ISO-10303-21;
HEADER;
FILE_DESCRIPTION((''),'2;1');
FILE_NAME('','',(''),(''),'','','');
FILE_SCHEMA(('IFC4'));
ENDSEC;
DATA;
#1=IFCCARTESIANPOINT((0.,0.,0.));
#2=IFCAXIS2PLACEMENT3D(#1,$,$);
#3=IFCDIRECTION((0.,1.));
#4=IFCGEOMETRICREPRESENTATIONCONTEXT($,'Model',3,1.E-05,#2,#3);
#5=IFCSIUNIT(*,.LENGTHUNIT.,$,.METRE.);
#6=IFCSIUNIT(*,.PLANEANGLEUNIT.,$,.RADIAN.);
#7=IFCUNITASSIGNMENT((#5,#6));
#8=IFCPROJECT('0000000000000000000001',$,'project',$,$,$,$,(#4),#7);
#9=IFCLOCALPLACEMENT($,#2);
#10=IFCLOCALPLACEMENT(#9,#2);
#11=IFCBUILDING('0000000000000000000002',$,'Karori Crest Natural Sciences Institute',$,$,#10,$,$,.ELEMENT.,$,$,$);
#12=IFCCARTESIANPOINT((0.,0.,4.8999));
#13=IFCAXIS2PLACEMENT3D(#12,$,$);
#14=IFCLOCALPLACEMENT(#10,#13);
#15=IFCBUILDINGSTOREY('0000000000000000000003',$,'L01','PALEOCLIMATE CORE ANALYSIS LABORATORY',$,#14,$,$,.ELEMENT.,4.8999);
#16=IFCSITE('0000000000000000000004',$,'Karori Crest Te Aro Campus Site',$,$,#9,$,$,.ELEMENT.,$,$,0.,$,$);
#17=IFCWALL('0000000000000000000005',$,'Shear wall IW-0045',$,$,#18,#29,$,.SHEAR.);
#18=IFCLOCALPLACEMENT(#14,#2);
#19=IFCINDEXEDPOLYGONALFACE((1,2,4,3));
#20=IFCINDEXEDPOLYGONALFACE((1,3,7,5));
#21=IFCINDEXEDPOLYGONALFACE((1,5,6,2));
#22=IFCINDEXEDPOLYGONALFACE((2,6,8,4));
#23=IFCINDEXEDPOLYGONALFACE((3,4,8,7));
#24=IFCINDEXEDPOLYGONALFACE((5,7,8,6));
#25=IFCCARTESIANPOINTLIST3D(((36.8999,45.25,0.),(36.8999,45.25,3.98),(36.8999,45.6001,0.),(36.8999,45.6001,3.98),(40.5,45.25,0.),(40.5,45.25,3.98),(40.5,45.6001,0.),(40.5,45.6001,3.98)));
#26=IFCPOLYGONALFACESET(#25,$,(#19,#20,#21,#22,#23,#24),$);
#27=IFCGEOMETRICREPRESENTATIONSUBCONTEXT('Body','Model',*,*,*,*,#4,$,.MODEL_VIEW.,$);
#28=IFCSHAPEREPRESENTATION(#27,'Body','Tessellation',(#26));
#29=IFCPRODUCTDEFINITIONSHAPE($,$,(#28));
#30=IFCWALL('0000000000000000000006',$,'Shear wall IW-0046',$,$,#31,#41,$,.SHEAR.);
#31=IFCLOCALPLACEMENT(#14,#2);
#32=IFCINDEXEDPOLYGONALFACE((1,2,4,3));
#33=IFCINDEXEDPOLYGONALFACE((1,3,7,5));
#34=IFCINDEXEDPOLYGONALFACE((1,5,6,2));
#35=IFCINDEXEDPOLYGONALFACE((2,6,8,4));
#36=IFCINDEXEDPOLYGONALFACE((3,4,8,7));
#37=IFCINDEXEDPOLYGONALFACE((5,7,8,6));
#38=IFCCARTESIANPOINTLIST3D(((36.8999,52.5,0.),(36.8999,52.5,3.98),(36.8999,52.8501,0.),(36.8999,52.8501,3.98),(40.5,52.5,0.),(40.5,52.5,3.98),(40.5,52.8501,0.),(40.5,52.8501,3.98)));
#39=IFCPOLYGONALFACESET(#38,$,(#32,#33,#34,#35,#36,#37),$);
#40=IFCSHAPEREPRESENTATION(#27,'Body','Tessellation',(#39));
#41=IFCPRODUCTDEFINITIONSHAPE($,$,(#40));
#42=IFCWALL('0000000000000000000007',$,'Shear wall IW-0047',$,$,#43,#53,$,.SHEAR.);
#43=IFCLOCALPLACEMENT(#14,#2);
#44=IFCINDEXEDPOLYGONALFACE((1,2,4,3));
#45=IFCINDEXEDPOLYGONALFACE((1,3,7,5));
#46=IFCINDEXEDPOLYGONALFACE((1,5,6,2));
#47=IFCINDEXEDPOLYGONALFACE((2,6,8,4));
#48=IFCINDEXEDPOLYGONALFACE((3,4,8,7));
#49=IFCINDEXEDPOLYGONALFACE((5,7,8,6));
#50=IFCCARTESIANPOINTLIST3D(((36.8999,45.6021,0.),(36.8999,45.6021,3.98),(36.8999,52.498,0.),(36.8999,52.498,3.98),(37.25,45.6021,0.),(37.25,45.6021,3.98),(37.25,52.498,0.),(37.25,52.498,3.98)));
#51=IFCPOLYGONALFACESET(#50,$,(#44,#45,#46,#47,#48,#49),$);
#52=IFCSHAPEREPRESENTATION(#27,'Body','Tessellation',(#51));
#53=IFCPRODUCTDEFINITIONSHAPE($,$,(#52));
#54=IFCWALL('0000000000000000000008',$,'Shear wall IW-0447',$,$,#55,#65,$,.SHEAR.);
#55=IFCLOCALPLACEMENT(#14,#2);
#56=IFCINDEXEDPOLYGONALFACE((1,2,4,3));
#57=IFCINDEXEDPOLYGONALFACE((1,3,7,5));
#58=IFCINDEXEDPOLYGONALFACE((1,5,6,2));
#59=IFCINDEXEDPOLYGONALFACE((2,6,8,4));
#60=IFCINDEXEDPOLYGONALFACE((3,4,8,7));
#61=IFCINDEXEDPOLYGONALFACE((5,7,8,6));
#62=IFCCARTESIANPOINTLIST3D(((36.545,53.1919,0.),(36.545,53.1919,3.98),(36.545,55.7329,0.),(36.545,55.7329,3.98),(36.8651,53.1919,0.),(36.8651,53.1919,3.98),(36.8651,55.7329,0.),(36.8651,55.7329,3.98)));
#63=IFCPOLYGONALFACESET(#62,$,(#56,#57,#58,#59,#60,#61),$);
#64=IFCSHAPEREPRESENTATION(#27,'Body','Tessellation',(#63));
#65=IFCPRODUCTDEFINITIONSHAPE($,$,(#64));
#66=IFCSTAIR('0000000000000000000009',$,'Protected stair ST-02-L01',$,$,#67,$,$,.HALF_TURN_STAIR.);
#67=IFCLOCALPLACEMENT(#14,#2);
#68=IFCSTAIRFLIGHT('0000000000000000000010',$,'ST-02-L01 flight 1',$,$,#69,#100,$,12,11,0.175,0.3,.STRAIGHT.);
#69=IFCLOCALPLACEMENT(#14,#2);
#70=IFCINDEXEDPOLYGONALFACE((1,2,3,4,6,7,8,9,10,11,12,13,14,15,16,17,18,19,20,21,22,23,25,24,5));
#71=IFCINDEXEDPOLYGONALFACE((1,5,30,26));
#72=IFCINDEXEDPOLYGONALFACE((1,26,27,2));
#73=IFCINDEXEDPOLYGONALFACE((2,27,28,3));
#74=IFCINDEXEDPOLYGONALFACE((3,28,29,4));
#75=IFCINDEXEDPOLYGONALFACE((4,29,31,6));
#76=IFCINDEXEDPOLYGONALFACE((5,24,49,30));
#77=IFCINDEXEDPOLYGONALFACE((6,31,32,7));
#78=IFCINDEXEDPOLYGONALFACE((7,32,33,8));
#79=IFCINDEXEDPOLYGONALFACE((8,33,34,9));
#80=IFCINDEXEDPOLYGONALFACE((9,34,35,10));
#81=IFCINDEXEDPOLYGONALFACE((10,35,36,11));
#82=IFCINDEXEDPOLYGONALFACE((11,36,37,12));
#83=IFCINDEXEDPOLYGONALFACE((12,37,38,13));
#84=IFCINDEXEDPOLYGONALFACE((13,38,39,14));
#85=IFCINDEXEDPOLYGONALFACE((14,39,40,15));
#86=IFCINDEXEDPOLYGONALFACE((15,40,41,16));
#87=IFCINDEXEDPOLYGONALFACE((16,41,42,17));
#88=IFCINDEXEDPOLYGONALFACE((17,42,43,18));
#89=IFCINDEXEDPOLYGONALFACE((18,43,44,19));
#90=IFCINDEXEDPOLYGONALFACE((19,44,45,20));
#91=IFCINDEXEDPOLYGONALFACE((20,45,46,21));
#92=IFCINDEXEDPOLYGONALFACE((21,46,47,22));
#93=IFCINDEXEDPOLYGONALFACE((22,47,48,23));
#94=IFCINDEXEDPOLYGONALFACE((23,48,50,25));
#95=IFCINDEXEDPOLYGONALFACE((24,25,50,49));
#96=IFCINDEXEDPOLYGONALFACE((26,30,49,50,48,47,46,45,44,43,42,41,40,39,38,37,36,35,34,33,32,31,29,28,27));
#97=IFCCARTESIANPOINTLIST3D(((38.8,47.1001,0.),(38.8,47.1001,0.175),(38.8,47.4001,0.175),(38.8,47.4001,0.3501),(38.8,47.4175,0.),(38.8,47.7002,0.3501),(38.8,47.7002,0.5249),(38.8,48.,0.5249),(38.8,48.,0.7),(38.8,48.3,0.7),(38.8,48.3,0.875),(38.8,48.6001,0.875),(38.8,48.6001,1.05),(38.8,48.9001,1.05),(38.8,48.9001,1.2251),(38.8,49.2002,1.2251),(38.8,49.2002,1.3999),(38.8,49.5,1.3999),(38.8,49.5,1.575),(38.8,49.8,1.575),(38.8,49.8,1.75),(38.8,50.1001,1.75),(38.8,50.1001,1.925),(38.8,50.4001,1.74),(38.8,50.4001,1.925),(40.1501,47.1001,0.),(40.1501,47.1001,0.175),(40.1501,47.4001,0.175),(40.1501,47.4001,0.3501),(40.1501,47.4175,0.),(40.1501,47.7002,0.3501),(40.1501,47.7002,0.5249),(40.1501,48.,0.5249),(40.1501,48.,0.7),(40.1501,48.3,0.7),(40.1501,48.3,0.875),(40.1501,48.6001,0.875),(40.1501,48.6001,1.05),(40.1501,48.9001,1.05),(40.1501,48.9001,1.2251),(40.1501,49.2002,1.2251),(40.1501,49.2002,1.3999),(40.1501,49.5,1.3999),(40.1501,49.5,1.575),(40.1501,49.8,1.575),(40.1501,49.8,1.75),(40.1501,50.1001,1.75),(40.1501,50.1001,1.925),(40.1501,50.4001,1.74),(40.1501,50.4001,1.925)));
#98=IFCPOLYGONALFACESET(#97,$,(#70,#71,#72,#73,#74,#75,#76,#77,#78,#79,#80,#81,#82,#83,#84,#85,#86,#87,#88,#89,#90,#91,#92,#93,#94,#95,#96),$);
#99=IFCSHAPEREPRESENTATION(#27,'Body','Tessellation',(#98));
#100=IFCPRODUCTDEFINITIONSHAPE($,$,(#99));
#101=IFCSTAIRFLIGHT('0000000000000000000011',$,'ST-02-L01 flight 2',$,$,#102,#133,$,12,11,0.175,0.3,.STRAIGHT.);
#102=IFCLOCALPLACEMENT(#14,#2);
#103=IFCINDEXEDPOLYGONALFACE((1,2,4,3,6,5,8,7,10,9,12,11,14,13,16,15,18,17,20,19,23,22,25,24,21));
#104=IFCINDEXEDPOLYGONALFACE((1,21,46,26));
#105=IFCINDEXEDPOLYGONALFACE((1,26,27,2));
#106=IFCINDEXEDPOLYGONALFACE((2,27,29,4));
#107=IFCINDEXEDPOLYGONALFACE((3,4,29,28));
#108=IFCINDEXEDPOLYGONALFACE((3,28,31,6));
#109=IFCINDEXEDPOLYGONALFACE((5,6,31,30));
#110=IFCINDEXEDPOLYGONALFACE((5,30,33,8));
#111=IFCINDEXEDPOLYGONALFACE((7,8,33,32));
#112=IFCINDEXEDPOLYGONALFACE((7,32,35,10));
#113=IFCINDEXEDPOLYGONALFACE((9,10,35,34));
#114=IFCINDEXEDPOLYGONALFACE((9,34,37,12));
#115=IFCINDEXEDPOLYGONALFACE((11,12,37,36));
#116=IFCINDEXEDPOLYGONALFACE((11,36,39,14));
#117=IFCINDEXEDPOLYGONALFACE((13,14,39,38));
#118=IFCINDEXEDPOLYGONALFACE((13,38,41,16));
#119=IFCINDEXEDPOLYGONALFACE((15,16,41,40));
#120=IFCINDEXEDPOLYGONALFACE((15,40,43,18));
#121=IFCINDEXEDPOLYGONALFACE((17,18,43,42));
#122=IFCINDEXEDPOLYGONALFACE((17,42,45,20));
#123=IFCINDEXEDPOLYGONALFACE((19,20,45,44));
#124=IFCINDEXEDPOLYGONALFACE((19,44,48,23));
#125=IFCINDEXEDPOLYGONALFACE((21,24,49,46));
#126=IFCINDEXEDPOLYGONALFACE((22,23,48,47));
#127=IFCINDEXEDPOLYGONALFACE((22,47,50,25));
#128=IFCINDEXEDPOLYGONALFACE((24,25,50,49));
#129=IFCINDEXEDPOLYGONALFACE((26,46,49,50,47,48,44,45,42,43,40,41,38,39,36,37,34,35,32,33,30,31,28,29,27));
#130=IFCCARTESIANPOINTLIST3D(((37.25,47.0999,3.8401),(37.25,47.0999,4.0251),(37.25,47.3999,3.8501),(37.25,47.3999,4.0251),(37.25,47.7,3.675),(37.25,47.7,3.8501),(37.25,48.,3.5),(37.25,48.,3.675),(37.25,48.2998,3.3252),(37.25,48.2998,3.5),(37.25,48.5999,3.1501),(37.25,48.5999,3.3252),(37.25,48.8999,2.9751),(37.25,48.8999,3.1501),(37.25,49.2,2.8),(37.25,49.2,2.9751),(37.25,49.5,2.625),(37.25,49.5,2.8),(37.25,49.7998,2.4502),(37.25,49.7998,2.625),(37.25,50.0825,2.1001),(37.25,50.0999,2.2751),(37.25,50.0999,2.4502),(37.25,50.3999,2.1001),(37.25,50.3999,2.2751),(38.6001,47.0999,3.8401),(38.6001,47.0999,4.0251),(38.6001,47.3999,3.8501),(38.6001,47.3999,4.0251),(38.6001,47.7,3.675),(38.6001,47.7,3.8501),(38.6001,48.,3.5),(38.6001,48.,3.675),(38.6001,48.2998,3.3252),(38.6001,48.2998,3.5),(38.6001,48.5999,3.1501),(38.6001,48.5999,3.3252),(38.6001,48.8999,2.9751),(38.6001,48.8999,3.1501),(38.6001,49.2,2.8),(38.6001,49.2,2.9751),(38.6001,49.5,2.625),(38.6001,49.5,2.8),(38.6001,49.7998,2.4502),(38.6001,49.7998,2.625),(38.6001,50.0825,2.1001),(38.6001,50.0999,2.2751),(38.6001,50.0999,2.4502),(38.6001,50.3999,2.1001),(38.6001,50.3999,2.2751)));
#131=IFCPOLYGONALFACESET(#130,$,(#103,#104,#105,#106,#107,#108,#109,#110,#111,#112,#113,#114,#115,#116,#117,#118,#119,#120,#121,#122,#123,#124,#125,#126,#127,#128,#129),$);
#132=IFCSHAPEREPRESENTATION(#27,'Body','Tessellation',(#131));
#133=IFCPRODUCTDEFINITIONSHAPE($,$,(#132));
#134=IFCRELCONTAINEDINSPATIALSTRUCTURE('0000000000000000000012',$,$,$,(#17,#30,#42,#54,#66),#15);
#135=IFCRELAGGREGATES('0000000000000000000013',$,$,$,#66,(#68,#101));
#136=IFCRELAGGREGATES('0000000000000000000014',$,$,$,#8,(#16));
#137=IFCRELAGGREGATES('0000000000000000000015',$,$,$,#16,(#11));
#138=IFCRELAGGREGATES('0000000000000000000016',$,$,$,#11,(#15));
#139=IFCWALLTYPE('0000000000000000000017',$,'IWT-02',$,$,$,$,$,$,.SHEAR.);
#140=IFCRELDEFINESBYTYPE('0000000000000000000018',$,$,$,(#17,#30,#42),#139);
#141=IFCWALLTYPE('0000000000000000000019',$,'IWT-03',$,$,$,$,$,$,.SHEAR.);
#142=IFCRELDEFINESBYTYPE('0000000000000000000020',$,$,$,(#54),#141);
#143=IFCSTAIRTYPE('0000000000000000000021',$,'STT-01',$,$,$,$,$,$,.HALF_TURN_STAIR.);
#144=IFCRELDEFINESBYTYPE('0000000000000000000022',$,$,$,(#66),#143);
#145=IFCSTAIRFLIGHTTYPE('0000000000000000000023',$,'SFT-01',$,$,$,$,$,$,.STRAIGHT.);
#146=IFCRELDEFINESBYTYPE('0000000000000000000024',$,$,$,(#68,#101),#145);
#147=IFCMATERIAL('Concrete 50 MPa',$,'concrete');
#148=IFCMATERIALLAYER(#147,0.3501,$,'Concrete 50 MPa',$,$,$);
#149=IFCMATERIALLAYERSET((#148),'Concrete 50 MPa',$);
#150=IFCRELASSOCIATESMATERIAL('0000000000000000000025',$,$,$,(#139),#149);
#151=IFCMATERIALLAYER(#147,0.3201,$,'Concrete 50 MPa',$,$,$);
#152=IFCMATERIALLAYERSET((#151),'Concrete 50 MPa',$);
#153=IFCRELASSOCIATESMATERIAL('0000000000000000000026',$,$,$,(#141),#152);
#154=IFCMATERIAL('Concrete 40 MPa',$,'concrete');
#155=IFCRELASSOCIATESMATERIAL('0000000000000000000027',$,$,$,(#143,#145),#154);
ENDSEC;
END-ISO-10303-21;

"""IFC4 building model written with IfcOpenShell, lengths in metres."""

from ifc_helpers import new_model, si_unit, direction, frame, frame_2d, origin, place, context, subcontext, project, spatial, polyline, rectangle, outline, extrude, material, layer, layer_set, type_object, element, aggregate, save


model = new_model("IFC4")

# Units and contexts
model_context = context("Model", 3, precision=1e-05, world=origin(), true_north=direction((0.0, 1.0)))
body_context = subcontext(model_context, "Body", "Model", "MODEL_VIEW")
ifc_project = project(units=[si_unit("LENGTHUNIT", "METRE"), si_unit("PLANEANGLEUNIT", "RADIAN")], contexts=[model_context])

# Site, building, storey
site_placement = place(None, origin())
site = spatial("IfcSite", under=ifc_project, at=site_placement, Name="Karori Crest Te Aro Campus Site", CompositionType="ELEMENT", RefElevation=0.0)
building_placement = place(site_placement, origin())
building = spatial("IfcBuilding", under=site, at=building_placement, Name="Karori Crest Natural Sciences Institute", CompositionType="ELEMENT")
storey_placement = place(building_placement, frame((0.0, 0.0, 4.8999)))
storey = spatial("IfcBuildingStorey", under=building, at=storey_placement, Name="L01", Description="PALEOCLIMATE CORE ANALYSIS LABORATORY", CompositionType="ELEMENT", Elevation=4.8999)

# Walls
ifc_material_1 = material(Name="Concrete 50 MPa", Category="concrete")
ifc_layer_1 = layer(ifc_material_1, 0.3501, Name="Concrete 50 MPa")
ifc_layer_set_1 = layer_set([ifc_layer_1], Name="Concrete 50 MPa")
wall_type_1 = type_object("IfcWallType", Name="IWT-02", PredefinedType="SHEAR", material=ifc_layer_set_1)
for number, where, z_axis, x_axis, name in (
    (1, (36.8999, 45.425, 0.0), (0.0, 0.0, 1.0), (1.0, 0.0, 0.0), "Shear wall IW-0045"),
    (2, (36.8999, 52.675, 0.0), (0.0, 0.0, 1.0), (1.0, 0.0, 0.0), "Shear wall IW-0046"),
):
    element("IfcWall", number, at=place(storey_placement, frame(where, z_axis=z_axis, x_axis=x_axis)), inside=storey, type_object=wall_type_1, Name=name, PredefinedType="SHEAR", context=body_context, shape_type="SweptSolid", body=[
        extrude(rectangle(XDim=3.6001, YDim=0.3501, at=frame_2d((1.8, 0.0))), origin(), (0.0, 0.0, 1.0), 3.98),
    ])
wall_1_placement = place(storey_placement, frame((37.075, 45.6021, 0.0), z_axis=(0.0, 0.0, 1.0), x_axis=(0.0, 1.0, 0.0)))
element("IfcWall", 3, at=wall_1_placement, inside=storey, type_object=wall_type_1, Name="Shear wall IW-0047", PredefinedType="SHEAR", context=body_context, shape_type="SweptSolid", body=[
    extrude(rectangle(XDim=6.896, YDim=0.3501, at=frame_2d((3.448, 0.0))), origin(), (0.0, 0.0, 1.0), 3.98),
])

# Wall
ifc_layer_2 = layer(ifc_material_1, 0.3201, Name="Concrete 50 MPa")
ifc_layer_set_2 = layer_set([ifc_layer_2], Name="Concrete 50 MPa")
wall_type_2 = type_object("IfcWallType", Name="IWT-03", PredefinedType="SHEAR", material=ifc_layer_set_2)
wall_2_placement = place(storey_placement, frame((36.7051, 53.1919, 0.0), z_axis=(0.0, 0.0, 1.0), x_axis=(0.0, 1.0, 0.0)))
element("IfcWall", 4, at=wall_2_placement, inside=storey, type_object=wall_type_2, Name="Shear wall IW-0447", PredefinedType="SHEAR", context=body_context, shape_type="SweptSolid", body=[
    extrude(rectangle(XDim=2.541, YDim=0.3201, at=frame_2d((1.2705, 0.0))), origin(), (0.0, 0.0, 1.0), 3.98),
])

# Stair, stair flights
ifc_material_2 = material(Name="Concrete 40 MPa", Category="concrete")
stair_type = type_object("IfcStairType", Name="STT-01", PredefinedType="HALF_TURN_STAIR", material=ifc_material_2)
stair_placement = place(storey_placement, origin())
stair = element("IfcStair", 5, at=stair_placement, inside=storey, type_object=stair_type, Name="Protected stair ST-02-L01", PredefinedType="HALF_TURN_STAIR")
stair_flight_type = type_object("IfcStairFlightType", Name="SFT-01", PredefinedType="STRAIGHT", material=ifc_material_2)
stair_flight_1_placement = place(storey_placement, frame((39.4751, 47.1001, 0.0), z_axis=(0.0, 0.0, 1.0), x_axis=(0.0, 1.0, 0.0)))
stair_flight_1 = element("IfcStairFlight", 6, at=stair_flight_1_placement, type_object=stair_flight_type, Name="ST-02-L01 flight 1", NumberOfRisers=12, NumberOfTreads=11, PredefinedType="STRAIGHT", RiserHeight=0.175, TreadLength=0.3, context=body_context, shape_type="SweptSolid", body=[
    extrude(outline(polyline([(0.0, 0.0), (0.0, 0.175), (0.3, 0.175), (0.3, 0.3501), (0.6001, 0.3501), (0.6001, 0.5249), (0.8999, 0.5249), (0.8999, 0.7), (1.2, 0.7), (1.2, 0.875), (1.5, 0.875), (1.5, 1.05), (1.8, 1.05), (1.8, 1.2251), (2.1001, 1.2251), (2.1001, 1.3999), (2.3999, 1.3999), (2.3999, 1.575), (2.7, 1.575), (2.7, 1.75), (3.0, 1.75), (3.0, 1.925), (3.3, 1.925), (3.3, 2.1001), (3.3, 1.74), (0.3174, 0.0), (0.0, 0.0)])), frame((0.0, 0.675, 0.0), z_axis=(0.0, -1.0, 0.0), x_axis=(1.0, 0.0, 0.0)), (0.0, 0.0, 1.0), 1.3501),
])
stair_flight_2_placement = place(storey_placement, frame((37.925, 50.3999, 2.1001), z_axis=(0.0, 0.0, 1.0), x_axis=(0.0, -1.0, 0.0)))
stair_flight_2 = element("IfcStairFlight", 7, at=stair_flight_2_placement, type_object=stair_flight_type, Name="ST-02-L01 flight 2", NumberOfRisers=12, NumberOfTreads=11, PredefinedType="STRAIGHT", RiserHeight=0.175, TreadLength=0.3, context=body_context, shape_type="SweptSolid", body=[
    extrude(outline(polyline([(0.0, 0.0), (0.0, 0.175), (0.3, 0.175), (0.3, 0.3501), (0.6001, 0.3501), (0.6001, 0.5249), (0.8999, 0.5249), (0.8999, 0.7), (1.2, 0.7), (1.2, 0.875), (1.5, 0.875), (1.5, 1.05), (1.8, 1.05), (1.8, 1.2251), (2.1001, 1.2251), (2.1001, 1.3999), (2.3999, 1.3999), (2.3999, 1.575), (2.7, 1.575), (2.7, 1.75), (3.0, 1.75), (3.0, 1.925), (3.3, 1.925), (3.3, 2.1001), (3.3, 1.74), (0.3174, 0.0), (0.0, 0.0)])), frame((0.0, 0.675, 0.0), z_axis=(0.0, -1.0, 0.0), x_axis=(1.0, 0.0, 0.0)), (0.0, 0.0, 1.0), 1.3501),
])
aggregate(stair, [stair_flight_1, stair_flight_2])

save(model, "model.ifc")
